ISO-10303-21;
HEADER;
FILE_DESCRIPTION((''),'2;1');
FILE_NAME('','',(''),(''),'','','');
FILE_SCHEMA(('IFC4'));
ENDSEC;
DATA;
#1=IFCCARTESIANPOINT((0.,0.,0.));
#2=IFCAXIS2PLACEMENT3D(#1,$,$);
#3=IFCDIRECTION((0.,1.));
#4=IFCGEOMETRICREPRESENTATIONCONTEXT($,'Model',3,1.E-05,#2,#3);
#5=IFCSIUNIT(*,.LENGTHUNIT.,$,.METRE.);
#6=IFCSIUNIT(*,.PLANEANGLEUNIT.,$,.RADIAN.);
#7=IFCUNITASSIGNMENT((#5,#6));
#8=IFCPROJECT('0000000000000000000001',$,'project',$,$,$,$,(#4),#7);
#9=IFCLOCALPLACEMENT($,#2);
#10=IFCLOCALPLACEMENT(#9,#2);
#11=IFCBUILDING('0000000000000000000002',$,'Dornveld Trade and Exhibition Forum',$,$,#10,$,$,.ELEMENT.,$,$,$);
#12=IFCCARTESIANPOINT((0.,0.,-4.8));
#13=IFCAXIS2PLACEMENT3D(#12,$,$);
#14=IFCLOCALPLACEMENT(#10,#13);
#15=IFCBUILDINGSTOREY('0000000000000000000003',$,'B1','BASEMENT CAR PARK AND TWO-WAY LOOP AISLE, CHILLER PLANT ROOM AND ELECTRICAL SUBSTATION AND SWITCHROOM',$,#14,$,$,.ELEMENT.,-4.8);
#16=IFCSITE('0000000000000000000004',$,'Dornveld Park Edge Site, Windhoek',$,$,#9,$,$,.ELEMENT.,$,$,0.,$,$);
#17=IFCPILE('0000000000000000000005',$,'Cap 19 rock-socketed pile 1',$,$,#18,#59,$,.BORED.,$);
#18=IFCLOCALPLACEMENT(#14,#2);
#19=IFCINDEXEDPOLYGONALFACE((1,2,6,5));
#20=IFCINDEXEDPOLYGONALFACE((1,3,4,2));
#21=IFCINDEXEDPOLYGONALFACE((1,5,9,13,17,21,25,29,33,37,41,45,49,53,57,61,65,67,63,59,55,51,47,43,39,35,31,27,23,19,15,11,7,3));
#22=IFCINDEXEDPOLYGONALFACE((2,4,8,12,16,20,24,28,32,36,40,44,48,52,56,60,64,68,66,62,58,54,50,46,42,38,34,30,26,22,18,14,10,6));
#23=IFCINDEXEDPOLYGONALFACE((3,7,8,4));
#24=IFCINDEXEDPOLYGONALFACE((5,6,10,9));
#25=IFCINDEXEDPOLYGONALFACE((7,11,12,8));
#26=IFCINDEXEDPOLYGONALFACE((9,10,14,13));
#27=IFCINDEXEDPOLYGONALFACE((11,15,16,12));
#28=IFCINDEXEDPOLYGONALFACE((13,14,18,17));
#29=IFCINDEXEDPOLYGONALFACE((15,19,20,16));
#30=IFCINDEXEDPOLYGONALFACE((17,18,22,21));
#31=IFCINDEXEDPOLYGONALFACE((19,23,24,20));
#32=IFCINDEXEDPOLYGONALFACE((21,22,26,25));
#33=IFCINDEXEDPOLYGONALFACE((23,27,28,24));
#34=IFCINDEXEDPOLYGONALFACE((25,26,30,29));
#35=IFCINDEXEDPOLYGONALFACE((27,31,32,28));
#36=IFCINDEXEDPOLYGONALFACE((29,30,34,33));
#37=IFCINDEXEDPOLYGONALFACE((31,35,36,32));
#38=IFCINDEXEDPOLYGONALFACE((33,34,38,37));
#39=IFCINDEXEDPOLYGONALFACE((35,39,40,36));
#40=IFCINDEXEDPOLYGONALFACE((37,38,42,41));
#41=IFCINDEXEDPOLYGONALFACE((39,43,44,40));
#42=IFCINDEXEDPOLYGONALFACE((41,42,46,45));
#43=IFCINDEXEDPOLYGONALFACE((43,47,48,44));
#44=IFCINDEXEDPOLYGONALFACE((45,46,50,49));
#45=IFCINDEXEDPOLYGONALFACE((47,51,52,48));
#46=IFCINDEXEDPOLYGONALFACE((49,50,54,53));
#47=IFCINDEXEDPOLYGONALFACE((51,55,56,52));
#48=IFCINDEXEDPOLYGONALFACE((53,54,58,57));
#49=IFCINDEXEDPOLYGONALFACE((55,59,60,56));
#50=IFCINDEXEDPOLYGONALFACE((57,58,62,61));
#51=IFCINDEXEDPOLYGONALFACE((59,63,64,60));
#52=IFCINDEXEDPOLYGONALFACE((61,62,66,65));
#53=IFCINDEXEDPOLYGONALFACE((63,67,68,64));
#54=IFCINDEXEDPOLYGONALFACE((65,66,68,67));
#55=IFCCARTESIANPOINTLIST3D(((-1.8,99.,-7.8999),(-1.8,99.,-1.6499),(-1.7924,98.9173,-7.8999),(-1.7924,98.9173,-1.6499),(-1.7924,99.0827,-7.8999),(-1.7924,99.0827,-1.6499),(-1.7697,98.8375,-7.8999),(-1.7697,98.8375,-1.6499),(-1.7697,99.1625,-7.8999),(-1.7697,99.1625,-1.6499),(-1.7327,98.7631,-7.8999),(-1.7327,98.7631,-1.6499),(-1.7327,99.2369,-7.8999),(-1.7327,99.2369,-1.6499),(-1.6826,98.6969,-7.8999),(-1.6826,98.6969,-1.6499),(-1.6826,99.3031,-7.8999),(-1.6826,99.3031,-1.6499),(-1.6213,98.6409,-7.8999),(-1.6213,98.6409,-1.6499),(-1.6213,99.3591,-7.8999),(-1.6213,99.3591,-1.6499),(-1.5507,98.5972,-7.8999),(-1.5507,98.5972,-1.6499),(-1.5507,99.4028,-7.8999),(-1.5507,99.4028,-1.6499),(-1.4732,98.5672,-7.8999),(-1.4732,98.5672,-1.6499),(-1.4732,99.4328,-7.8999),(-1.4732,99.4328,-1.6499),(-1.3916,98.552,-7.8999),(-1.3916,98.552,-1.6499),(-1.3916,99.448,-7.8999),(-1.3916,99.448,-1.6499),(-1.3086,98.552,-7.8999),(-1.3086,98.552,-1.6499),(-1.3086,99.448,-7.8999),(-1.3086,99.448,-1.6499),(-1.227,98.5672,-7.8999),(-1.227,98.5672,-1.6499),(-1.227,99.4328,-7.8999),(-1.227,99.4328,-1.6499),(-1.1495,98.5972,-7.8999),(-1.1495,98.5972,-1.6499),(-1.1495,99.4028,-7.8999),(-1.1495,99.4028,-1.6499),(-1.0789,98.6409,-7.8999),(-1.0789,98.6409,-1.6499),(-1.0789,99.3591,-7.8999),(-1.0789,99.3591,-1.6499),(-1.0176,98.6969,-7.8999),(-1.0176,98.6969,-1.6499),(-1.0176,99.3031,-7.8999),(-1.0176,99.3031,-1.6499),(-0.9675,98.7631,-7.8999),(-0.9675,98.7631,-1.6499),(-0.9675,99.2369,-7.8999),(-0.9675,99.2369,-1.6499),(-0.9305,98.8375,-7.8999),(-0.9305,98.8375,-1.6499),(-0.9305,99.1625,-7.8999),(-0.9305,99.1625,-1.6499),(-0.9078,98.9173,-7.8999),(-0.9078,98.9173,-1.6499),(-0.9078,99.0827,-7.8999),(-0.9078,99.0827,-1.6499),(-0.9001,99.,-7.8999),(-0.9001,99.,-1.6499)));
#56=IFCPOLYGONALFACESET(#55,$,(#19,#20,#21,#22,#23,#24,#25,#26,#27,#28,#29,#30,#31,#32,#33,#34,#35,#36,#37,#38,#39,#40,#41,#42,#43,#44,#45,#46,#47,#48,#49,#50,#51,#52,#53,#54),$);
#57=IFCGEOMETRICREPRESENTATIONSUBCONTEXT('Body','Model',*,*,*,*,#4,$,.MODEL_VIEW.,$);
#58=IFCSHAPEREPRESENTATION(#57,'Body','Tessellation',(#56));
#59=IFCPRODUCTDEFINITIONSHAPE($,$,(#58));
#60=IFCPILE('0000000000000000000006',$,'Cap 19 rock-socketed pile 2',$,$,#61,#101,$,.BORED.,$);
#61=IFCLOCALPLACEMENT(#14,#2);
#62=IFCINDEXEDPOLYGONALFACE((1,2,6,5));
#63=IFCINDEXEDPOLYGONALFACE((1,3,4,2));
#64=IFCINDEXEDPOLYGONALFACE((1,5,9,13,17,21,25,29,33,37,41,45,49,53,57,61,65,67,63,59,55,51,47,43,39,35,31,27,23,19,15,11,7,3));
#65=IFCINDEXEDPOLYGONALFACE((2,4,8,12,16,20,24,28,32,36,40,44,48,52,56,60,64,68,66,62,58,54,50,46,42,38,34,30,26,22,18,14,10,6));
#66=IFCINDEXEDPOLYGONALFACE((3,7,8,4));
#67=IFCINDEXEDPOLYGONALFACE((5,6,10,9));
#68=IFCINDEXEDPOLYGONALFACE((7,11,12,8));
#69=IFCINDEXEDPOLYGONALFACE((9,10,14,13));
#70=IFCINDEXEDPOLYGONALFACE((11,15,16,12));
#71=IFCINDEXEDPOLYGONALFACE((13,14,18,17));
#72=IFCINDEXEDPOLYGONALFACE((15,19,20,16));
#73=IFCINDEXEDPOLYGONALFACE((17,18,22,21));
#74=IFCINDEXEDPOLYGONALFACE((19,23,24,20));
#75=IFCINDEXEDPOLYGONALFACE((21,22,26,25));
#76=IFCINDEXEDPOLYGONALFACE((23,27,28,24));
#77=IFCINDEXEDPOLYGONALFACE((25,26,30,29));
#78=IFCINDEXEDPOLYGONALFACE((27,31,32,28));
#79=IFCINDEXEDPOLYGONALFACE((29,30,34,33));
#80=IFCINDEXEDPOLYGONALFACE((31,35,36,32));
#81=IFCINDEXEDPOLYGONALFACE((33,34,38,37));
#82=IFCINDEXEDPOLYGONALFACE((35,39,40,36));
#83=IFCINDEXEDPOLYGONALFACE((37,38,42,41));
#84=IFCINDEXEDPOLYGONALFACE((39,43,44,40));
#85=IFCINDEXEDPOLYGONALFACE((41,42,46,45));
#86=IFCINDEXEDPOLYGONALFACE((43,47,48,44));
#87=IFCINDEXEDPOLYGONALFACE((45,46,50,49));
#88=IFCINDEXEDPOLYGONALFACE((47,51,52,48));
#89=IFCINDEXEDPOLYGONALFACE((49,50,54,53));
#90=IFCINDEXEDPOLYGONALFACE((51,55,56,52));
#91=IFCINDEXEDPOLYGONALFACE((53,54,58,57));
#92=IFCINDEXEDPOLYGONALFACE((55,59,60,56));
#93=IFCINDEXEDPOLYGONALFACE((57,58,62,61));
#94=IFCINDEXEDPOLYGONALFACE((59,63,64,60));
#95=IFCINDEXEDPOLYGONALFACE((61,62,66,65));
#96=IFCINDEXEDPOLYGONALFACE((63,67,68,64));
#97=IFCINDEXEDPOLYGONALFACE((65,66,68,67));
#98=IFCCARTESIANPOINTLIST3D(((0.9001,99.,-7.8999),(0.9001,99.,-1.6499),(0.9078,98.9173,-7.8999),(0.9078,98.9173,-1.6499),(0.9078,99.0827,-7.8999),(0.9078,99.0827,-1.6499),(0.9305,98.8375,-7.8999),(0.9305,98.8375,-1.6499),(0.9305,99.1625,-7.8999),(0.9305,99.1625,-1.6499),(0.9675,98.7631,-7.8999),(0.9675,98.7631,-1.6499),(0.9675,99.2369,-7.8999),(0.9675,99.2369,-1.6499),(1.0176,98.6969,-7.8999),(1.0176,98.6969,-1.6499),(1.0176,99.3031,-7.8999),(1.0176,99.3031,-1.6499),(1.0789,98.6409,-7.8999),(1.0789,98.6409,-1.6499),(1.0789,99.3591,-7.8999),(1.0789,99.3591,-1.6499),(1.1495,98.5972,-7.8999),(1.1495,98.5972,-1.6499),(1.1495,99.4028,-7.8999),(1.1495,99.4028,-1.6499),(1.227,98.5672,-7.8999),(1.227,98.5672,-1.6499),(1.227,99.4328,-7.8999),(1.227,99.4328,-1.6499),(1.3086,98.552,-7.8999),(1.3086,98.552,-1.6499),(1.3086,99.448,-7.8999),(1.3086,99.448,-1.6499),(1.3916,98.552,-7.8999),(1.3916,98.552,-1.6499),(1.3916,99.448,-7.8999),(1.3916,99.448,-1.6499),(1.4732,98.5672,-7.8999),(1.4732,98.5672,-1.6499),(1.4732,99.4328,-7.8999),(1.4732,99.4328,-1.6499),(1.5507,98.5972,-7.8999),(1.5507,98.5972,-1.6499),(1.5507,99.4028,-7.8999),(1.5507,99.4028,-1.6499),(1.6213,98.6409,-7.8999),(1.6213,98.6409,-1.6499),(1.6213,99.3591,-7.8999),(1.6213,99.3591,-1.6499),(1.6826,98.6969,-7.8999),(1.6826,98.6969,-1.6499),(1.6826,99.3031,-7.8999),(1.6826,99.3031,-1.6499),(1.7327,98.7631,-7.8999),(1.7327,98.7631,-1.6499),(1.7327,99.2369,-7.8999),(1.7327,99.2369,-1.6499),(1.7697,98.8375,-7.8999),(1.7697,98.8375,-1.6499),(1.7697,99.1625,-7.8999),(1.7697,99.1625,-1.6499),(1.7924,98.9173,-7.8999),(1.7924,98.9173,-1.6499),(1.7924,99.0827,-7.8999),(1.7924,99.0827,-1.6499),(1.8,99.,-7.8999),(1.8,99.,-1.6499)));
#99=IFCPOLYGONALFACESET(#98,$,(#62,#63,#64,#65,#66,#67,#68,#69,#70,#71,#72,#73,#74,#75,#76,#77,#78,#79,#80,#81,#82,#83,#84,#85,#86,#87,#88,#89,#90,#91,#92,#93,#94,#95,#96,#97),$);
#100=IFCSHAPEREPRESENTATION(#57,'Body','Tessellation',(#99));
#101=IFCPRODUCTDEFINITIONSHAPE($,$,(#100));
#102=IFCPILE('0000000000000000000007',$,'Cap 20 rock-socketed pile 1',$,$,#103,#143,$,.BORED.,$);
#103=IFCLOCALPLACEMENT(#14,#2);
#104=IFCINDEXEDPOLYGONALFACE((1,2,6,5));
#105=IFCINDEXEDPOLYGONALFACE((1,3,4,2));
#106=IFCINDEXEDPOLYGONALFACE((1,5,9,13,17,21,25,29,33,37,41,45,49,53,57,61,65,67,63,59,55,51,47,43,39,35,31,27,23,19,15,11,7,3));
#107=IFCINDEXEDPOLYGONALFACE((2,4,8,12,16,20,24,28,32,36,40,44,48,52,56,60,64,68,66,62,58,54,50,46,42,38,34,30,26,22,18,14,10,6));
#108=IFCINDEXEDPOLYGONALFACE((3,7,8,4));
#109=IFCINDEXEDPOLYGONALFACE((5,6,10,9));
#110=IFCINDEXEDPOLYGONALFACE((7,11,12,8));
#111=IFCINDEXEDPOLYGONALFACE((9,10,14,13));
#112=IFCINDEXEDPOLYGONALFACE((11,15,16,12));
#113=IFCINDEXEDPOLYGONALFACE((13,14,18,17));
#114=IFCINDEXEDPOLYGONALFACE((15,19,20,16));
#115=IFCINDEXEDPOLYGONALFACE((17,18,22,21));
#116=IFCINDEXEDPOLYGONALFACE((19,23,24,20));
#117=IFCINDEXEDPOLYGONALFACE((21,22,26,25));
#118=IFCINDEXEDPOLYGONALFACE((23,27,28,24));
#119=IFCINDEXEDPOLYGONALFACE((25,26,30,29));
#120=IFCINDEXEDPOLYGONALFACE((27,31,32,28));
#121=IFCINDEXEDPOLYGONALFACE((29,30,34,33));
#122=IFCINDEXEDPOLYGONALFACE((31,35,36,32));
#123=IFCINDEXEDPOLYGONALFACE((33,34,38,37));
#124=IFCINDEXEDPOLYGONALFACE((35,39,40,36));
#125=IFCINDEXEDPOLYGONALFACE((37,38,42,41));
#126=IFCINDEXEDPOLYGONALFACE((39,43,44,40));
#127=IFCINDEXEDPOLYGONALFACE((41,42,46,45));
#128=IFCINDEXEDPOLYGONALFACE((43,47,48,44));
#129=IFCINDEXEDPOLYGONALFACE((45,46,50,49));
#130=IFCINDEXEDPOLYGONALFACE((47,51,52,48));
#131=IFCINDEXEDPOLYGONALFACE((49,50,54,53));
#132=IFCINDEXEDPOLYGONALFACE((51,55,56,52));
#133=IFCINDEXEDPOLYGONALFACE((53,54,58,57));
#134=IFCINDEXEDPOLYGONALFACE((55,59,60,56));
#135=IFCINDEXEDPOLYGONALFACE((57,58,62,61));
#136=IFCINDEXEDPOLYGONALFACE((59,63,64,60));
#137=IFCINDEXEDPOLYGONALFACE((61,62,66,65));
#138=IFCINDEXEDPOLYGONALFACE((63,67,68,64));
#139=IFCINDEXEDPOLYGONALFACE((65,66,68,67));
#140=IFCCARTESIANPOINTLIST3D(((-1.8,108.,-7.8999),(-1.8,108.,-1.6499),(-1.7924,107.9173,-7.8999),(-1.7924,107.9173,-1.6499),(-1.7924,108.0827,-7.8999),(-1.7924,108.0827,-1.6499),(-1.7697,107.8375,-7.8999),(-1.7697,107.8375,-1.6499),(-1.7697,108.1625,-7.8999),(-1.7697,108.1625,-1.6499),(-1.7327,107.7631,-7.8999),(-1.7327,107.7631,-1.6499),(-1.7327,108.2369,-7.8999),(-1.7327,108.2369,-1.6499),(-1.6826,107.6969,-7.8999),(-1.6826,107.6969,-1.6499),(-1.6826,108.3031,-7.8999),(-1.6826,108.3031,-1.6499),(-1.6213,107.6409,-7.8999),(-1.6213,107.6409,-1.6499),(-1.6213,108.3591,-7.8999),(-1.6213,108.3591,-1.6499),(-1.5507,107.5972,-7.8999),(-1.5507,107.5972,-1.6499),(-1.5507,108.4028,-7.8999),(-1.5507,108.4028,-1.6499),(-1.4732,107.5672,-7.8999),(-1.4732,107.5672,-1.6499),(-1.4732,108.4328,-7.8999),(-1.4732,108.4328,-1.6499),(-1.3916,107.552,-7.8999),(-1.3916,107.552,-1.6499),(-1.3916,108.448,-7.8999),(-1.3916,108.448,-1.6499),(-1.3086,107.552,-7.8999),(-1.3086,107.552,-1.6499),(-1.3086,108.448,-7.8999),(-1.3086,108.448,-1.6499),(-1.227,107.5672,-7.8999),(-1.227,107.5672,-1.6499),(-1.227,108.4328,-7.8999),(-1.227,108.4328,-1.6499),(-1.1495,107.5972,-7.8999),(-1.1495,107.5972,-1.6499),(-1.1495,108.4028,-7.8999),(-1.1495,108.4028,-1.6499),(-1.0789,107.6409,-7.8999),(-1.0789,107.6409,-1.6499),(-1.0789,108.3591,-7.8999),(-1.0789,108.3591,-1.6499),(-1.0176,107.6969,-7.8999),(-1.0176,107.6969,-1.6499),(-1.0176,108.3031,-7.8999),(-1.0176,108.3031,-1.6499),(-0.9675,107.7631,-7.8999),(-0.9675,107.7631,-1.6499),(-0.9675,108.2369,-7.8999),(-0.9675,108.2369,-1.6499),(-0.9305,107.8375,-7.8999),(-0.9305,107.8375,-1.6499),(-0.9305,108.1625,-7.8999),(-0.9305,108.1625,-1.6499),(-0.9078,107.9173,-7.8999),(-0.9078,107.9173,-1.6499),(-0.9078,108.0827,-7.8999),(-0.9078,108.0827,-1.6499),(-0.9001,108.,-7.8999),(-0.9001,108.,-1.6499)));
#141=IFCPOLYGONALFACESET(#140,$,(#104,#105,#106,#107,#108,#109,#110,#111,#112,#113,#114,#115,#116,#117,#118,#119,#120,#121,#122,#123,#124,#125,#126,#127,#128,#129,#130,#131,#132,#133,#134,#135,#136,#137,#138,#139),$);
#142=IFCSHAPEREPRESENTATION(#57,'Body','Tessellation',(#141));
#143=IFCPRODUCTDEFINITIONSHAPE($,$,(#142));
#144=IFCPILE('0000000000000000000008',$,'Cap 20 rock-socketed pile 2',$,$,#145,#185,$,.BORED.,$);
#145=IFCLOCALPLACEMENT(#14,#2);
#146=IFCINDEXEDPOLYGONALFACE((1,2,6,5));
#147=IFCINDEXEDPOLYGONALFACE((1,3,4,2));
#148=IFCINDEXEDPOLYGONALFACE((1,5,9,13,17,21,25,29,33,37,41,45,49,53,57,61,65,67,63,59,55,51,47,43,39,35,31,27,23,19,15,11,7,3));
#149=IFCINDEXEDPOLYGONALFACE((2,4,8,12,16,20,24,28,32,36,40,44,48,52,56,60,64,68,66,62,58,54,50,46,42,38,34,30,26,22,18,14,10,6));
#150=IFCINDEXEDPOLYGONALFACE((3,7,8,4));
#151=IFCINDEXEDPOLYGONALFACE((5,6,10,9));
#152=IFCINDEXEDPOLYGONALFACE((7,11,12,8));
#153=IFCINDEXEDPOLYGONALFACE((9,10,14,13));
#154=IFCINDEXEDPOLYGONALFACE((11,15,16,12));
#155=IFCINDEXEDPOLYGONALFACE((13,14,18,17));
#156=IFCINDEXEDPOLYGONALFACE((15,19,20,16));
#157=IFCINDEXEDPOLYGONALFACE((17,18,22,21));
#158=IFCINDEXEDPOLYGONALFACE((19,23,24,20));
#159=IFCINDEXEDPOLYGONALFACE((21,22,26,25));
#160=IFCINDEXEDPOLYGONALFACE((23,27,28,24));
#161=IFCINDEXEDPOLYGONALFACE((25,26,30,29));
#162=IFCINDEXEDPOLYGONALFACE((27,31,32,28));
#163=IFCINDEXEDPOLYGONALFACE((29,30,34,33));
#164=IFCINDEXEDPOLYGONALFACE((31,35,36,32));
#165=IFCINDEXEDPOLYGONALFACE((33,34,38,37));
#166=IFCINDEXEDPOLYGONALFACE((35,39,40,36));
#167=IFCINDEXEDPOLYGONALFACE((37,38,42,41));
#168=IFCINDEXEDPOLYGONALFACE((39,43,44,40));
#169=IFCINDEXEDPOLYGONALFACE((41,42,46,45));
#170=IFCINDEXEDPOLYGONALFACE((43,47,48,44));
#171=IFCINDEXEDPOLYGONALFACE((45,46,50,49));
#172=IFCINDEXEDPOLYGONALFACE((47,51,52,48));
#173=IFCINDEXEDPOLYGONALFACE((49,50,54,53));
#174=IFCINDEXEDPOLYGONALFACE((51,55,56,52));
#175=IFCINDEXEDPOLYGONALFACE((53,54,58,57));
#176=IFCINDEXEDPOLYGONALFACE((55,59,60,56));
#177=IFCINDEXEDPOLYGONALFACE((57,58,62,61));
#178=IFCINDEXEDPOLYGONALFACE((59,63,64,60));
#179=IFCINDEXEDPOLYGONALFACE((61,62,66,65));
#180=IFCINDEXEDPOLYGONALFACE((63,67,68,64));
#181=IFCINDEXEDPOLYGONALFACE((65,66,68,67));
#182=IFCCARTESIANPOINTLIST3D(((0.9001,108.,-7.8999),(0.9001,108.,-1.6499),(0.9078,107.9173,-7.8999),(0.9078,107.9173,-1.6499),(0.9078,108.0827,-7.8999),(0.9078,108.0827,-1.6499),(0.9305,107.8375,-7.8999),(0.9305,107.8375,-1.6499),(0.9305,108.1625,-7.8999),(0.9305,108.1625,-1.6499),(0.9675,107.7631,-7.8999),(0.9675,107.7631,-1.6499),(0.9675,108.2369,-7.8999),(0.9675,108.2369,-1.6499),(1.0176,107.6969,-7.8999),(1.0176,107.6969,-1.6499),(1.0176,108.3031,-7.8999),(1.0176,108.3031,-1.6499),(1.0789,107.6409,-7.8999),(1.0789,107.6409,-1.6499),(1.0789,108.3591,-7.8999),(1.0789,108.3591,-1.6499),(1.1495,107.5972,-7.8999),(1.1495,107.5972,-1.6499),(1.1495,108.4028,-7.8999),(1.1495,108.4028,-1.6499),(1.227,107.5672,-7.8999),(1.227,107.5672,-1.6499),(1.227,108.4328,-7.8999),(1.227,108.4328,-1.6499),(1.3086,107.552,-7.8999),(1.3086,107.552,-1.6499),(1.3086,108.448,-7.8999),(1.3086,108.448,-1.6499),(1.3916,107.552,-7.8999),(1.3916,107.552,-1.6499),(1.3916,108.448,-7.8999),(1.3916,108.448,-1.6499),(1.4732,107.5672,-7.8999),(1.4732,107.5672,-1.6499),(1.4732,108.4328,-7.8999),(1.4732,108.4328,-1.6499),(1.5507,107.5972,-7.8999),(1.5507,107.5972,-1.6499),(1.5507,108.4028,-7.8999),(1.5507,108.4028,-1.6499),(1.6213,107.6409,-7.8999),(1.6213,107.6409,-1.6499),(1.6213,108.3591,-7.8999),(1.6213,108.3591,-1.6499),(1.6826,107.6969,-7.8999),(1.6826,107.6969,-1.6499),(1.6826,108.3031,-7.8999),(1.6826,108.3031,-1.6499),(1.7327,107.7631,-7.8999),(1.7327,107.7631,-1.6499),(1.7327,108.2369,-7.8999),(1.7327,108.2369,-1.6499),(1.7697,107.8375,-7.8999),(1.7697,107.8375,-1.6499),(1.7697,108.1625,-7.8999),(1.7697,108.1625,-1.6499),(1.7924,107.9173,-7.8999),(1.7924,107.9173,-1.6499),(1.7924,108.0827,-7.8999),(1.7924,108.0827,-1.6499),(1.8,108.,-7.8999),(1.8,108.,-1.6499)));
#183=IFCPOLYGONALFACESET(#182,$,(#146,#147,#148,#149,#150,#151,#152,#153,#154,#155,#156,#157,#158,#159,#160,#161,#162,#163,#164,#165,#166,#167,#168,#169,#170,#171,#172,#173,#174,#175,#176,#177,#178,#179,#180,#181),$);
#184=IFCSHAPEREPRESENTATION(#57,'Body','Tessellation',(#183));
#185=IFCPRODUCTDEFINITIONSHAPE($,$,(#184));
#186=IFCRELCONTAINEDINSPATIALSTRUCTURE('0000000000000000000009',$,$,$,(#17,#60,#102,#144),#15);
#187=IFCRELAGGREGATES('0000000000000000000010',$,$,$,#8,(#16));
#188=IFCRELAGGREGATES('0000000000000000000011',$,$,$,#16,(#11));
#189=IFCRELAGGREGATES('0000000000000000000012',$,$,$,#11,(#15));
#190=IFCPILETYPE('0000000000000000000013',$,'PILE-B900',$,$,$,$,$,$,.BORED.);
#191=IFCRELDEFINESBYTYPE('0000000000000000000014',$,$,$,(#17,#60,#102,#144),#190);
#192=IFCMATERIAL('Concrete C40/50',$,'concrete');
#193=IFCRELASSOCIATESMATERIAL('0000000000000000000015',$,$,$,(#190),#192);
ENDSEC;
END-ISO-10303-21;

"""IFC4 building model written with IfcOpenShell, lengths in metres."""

from ifc_helpers import new_model, si_unit, direction, frame, origin, origin_2d, place, context, subcontext, project, spatial, circle, extrude, material, material_profile, profile_set, type_object, element, save


model = new_model("IFC4")

# Units and contexts
model_context = context("Model", 3, precision=1e-05, world=origin(), true_north=direction((0.0, 1.0)))
body_context = subcontext(model_context, "Body", "Model", "MODEL_VIEW")
ifc_project = project(units=[si_unit("LENGTHUNIT", "METRE"), si_unit("PLANEANGLEUNIT", "RADIAN")], contexts=[model_context])

# Site, building, storey
site_placement = place(None, origin())
site = spatial("IfcSite", under=ifc_project, at=site_placement, Name="Dornveld Park Edge Site, Windhoek", CompositionType="ELEMENT", RefElevation=0.0)
building_placement = place(site_placement, origin())
building = spatial("IfcBuilding", under=site, at=building_placement, Name="Dornveld Trade and Exhibition Forum", CompositionType="ELEMENT")
storey_placement = place(building_placement, frame((0.0, 0.0, -4.8)))
storey = spatial("IfcBuildingStorey", under=building, at=storey_placement, Name="B1", Description="BASEMENT CAR PARK AND TWO-WAY LOOP AISLE, CHILLER PLANT ROOM AND ELECTRICAL SUBSTATION AND SWITCHROOM", CompositionType="ELEMENT", Elevation=-4.8)

# Piles
ifc_material_1 = material(Name="Concrete C40/50", Category="concrete")
ifc_material_profile_1 = material_profile(ifc_material_1, circle(Radius=0.45, at=origin_2d()), Name="PILE D900")
ifc_profile_set_1 = profile_set([ifc_material_profile_1], Name="Concrete C40/50")
pile_type = type_object("IfcPileType", Name="PILE-B900", PredefinedType="BORED", material=ifc_profile_set_1)
for number, where, z_axis, x_axis, name in (
    (1, (-1.3501, 99.0, -1.6499), (0.0, 0.0, -1.0), (1.0, 0.0, 0.0), "Cap 19 rock-socketed pile 1"),
    (2, (1.3501, 99.0, -1.6499), (0.0, 0.0, -1.0), (1.0, 0.0, 0.0), "Cap 19 rock-socketed pile 2"),
    (3, (-1.3501, 108.0, -1.6499), (0.0, 0.0, -1.0), (1.0, 0.0, 0.0), "Cap 20 rock-socketed pile 1"),
    (4, (1.3501, 108.0, -1.6499), (0.0, 0.0, -1.0), (1.0, 0.0, 0.0), "Cap 20 rock-socketed pile 2"),
):
    element("IfcPile", number, at=place(storey_placement, frame(where, z_axis=z_axis, x_axis=x_axis)), inside=storey, type_object=pile_type, Name=name, PredefinedType="BORED", context=body_context, shape_type="SweptSolid", body=[
        extrude(circle(Radius=0.45, at=origin_2d()), origin(), (0.0, 0.0, 1.0), 6.25),
    ])

save(model, "model.ifc")
